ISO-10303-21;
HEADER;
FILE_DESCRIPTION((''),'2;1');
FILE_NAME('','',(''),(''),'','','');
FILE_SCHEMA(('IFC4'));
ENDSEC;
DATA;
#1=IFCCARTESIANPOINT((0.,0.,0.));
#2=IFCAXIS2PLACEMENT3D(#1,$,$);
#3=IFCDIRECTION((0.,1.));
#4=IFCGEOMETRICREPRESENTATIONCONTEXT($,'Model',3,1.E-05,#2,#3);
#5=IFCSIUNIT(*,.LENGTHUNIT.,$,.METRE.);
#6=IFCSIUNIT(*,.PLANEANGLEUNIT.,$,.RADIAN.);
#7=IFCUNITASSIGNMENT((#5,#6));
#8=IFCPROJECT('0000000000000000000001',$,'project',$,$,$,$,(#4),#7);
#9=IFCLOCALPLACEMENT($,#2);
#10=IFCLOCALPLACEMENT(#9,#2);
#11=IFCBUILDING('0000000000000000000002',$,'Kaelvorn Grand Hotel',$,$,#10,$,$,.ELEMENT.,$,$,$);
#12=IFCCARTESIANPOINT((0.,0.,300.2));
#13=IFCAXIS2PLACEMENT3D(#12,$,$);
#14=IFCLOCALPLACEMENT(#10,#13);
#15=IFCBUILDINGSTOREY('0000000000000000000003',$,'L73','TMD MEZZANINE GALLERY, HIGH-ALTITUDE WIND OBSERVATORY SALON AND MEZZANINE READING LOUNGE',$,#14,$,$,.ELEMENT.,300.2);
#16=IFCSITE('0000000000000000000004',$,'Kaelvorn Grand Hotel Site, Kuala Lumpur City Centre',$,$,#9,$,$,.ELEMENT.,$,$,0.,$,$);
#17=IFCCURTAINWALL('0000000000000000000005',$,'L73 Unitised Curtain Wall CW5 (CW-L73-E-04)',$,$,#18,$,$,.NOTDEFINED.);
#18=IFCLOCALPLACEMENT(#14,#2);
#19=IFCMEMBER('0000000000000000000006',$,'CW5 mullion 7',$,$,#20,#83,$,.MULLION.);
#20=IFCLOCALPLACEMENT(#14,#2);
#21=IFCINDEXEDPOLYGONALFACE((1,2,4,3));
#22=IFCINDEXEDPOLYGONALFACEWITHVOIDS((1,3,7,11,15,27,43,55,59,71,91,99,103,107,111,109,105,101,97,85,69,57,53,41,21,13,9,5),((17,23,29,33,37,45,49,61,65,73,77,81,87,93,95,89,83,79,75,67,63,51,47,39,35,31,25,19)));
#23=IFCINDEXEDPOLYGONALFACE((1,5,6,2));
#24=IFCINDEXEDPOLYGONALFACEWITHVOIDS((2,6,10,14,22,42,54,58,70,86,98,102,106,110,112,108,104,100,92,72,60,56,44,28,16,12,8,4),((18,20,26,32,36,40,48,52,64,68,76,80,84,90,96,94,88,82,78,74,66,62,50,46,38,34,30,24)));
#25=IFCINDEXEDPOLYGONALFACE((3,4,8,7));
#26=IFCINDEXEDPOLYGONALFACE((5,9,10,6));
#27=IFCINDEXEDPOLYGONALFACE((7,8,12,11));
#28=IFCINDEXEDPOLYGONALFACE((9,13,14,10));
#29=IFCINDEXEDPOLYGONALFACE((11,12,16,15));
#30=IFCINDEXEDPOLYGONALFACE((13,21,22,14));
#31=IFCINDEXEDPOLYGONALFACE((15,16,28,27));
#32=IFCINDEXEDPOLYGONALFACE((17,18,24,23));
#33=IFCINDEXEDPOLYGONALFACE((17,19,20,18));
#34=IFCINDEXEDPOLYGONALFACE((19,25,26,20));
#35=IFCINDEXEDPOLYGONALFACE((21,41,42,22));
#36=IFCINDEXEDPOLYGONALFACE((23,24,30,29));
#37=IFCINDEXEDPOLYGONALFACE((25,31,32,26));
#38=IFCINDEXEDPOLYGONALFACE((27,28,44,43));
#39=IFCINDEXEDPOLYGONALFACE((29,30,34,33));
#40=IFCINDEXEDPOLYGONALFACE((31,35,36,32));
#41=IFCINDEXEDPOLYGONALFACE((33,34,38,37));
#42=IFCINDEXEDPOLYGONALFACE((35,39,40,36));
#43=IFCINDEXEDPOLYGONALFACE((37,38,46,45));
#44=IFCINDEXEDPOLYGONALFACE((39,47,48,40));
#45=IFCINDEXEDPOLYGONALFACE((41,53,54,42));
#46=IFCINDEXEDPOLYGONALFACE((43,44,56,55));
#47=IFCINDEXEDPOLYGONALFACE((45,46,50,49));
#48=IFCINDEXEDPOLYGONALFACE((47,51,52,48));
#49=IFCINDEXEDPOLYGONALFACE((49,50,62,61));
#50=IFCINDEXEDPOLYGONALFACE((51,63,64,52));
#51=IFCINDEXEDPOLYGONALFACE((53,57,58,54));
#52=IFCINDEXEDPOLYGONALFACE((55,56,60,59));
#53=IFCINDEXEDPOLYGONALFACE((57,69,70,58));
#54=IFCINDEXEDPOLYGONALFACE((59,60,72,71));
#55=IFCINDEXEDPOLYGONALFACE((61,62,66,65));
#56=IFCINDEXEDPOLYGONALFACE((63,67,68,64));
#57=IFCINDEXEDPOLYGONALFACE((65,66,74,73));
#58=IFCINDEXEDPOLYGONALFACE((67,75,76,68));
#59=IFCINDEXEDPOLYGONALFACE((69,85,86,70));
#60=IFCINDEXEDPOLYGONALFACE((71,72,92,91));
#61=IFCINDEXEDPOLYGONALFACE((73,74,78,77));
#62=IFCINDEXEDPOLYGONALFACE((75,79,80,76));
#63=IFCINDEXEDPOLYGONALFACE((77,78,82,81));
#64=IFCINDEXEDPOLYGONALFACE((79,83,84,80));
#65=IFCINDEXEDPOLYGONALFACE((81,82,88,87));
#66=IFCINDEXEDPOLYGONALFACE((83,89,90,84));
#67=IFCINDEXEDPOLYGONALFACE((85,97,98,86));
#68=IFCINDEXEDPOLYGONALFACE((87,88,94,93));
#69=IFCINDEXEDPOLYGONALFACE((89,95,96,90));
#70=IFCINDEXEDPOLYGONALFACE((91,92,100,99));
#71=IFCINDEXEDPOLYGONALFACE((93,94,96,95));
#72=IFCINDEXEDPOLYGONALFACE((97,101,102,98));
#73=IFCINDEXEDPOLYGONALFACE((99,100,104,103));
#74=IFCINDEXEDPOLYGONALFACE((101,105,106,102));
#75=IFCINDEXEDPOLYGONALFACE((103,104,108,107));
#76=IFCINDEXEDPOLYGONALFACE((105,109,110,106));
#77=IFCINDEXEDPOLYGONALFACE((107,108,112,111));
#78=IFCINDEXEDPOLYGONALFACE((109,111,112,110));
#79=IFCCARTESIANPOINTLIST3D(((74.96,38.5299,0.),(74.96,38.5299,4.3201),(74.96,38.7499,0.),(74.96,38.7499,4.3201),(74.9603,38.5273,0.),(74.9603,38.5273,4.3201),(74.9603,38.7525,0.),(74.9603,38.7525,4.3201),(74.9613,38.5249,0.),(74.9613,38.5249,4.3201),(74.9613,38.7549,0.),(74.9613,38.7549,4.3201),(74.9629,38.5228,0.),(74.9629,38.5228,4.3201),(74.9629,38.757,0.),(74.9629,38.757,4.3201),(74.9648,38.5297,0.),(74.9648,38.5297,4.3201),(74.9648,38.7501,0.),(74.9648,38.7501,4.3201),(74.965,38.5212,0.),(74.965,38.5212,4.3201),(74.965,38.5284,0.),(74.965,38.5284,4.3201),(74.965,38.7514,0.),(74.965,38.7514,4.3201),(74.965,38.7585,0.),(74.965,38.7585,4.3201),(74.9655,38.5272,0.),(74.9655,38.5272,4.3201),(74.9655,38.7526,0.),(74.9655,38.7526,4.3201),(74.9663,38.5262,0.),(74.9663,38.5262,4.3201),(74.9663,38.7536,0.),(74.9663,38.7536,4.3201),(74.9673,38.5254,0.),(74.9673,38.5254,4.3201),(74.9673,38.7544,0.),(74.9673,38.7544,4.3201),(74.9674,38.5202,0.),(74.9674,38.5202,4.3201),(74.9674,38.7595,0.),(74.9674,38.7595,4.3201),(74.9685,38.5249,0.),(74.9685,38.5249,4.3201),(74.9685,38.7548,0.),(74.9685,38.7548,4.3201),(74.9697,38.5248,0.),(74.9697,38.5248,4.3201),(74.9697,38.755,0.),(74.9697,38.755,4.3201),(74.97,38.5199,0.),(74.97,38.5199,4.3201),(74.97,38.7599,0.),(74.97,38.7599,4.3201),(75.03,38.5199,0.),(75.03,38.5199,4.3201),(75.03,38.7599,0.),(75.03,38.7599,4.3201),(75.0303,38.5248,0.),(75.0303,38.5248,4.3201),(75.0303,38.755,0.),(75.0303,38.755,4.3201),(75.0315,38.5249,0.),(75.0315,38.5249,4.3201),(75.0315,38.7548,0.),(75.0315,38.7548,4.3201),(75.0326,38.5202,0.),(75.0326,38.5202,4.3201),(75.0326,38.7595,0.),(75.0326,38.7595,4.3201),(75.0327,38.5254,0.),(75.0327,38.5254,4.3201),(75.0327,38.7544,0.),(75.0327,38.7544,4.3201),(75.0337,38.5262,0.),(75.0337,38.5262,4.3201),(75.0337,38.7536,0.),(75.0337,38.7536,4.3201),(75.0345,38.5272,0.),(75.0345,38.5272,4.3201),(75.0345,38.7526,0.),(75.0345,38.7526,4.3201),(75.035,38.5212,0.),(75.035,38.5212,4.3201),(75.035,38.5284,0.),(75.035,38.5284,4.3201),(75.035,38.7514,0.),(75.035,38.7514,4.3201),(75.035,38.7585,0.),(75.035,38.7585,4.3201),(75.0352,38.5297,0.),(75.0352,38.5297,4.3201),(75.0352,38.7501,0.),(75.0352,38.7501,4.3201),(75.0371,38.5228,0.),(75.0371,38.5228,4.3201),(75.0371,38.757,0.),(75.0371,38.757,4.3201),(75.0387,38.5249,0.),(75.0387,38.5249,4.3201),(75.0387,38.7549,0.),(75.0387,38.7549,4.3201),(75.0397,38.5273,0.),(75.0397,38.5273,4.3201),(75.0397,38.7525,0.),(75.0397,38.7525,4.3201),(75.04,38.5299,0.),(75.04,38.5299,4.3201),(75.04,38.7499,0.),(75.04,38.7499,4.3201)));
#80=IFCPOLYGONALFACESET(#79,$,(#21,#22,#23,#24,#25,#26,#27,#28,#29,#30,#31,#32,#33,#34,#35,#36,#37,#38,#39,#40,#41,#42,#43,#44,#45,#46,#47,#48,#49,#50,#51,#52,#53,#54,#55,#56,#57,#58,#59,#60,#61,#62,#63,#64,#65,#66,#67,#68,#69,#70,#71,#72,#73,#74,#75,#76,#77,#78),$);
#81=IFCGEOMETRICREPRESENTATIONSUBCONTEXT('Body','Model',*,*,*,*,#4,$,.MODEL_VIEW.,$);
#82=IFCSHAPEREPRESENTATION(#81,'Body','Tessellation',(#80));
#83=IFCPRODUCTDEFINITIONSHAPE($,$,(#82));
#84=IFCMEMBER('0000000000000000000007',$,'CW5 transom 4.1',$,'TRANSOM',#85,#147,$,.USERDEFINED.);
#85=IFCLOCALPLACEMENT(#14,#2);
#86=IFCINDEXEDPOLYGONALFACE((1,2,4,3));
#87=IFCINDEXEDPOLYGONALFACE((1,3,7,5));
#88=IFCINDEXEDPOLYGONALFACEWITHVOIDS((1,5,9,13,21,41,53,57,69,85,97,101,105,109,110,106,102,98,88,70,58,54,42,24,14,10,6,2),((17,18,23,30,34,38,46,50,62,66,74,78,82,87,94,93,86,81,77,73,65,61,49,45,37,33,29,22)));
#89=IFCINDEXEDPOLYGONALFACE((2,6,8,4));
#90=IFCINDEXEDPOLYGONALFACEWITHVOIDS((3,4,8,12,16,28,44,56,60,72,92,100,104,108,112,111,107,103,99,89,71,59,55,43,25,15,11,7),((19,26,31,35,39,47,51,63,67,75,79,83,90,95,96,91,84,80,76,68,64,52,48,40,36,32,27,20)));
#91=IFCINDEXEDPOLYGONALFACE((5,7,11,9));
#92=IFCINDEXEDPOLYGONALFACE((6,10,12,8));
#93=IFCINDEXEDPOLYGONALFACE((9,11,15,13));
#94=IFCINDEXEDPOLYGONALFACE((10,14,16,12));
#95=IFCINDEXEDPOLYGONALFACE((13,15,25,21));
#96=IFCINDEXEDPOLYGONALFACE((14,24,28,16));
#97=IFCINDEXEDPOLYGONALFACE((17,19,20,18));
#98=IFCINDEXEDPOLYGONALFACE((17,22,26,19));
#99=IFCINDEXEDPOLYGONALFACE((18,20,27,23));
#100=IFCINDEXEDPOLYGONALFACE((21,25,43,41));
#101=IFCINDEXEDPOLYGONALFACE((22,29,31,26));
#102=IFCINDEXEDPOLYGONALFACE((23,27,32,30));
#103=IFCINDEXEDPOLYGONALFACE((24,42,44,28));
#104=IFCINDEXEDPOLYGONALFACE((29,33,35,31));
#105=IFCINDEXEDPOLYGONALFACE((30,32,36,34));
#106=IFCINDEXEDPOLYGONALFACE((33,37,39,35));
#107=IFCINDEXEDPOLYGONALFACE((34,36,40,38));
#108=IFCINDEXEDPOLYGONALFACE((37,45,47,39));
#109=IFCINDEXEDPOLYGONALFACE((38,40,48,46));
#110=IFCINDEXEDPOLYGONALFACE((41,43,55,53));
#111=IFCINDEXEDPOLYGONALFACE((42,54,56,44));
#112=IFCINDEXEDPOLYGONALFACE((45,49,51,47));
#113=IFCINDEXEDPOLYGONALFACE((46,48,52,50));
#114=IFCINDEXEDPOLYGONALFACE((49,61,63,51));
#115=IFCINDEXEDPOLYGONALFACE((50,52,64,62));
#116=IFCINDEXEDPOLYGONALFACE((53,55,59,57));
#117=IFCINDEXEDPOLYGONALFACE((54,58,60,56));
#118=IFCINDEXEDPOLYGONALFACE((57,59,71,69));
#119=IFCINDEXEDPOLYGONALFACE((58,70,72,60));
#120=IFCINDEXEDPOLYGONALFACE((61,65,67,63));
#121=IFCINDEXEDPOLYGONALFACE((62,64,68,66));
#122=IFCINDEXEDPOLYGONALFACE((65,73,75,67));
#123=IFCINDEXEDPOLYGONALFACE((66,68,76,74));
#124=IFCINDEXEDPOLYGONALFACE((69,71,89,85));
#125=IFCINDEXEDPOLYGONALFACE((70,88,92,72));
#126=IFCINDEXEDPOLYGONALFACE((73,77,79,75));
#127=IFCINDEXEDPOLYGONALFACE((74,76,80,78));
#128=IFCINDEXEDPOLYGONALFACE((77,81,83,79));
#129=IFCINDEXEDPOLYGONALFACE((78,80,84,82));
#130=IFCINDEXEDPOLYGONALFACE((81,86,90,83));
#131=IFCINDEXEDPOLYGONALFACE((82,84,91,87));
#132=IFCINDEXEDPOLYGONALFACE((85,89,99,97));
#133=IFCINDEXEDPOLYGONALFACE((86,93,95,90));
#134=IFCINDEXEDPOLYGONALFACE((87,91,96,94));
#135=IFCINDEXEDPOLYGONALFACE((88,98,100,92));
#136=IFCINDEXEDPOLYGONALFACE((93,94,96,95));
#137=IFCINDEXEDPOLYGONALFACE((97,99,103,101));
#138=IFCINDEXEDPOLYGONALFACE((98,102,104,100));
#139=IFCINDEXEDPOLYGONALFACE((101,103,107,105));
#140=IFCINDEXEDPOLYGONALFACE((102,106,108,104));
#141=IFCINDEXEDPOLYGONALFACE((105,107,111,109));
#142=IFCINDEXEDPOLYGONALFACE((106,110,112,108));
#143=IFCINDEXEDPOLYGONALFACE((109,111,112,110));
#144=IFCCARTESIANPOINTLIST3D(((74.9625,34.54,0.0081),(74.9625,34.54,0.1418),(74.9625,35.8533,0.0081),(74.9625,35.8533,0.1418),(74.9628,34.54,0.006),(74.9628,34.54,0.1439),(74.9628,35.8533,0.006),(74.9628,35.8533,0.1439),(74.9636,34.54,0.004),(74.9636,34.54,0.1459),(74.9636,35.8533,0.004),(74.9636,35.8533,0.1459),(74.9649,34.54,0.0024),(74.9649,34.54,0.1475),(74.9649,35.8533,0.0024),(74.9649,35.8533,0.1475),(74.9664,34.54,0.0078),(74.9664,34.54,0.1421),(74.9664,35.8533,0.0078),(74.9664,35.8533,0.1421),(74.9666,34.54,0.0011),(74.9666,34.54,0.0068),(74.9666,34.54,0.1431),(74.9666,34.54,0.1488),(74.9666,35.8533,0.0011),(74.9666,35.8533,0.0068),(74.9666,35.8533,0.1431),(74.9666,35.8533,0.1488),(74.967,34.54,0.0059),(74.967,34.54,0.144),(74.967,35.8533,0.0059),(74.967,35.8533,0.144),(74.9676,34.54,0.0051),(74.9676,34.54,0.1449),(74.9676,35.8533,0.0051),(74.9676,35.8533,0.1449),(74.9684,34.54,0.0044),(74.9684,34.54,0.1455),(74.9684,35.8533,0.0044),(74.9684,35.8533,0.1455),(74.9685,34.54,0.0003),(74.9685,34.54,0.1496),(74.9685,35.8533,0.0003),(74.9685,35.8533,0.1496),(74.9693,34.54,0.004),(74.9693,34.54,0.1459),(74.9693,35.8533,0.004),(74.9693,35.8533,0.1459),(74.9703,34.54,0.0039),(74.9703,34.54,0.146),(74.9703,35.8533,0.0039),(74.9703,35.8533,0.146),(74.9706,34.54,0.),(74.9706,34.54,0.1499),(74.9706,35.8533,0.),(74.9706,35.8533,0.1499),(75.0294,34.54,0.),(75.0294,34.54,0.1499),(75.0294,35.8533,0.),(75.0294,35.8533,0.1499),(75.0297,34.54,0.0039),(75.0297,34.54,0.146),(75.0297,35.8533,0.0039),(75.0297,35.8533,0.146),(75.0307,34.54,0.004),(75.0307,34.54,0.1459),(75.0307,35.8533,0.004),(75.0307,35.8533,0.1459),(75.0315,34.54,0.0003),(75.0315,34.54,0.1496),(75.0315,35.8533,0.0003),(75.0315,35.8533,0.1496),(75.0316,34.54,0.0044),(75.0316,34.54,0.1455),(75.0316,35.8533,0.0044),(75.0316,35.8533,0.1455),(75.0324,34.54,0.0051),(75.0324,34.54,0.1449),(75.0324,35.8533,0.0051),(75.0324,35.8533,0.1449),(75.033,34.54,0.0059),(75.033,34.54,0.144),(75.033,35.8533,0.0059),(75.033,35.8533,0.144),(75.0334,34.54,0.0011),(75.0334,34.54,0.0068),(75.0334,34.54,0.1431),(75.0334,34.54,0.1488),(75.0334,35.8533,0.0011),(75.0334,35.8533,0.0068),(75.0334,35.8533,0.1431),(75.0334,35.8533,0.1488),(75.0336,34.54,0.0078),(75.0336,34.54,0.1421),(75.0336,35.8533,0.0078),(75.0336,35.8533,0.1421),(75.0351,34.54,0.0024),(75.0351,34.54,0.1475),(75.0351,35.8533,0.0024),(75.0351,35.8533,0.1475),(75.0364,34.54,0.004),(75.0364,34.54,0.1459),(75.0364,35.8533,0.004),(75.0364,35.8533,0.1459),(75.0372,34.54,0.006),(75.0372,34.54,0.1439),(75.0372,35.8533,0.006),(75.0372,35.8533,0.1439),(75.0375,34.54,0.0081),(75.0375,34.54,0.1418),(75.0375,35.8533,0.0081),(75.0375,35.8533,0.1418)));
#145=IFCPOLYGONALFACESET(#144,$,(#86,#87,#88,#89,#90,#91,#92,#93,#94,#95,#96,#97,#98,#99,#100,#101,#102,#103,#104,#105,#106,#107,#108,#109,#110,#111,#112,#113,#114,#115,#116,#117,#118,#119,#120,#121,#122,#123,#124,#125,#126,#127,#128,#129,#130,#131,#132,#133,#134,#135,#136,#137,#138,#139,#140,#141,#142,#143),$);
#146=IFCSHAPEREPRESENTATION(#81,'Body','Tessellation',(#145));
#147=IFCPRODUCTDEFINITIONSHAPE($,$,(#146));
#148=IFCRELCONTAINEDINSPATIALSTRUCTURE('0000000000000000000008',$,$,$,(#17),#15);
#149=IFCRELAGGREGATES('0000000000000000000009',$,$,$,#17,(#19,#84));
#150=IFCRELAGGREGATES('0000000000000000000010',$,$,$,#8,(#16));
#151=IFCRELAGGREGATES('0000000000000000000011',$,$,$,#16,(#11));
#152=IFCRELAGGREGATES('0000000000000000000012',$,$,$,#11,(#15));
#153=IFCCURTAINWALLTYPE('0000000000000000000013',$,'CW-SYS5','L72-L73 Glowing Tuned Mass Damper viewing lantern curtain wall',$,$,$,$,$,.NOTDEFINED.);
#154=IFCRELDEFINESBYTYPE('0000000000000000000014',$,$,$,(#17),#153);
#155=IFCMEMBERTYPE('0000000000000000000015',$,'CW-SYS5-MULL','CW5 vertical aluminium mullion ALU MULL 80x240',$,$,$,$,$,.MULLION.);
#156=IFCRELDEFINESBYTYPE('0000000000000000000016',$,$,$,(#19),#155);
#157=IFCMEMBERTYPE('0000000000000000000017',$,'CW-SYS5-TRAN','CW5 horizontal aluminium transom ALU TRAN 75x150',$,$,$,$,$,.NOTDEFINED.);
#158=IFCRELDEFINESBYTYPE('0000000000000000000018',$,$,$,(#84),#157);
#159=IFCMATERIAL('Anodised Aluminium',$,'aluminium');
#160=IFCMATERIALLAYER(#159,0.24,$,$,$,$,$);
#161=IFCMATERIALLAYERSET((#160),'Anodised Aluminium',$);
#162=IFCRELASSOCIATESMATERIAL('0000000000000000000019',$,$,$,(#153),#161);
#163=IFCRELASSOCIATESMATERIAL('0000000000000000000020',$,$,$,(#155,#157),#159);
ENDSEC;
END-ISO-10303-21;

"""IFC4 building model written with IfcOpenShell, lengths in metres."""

from ifc_helpers import new_model, si_unit, direction, frame, origin, origin_2d, place, context, subcontext, project, spatial, hollow_rectangle, extrude, material, layer, layer_set, material_profile, profile_set, type_object, element, aggregate, save


model = new_model("IFC4")

# Units and contexts
model_context = context("Model", 3, precision=1e-05, world=origin(), true_north=direction((0.0, 1.0)))
body_context = subcontext(model_context, "Body", "Model", "MODEL_VIEW")
ifc_project = project(units=[si_unit("LENGTHUNIT", "METRE"), si_unit("PLANEANGLEUNIT", "RADIAN")], contexts=[model_context])

# Site, building, storey
site_placement = place(None, origin())
site = spatial("IfcSite", under=ifc_project, at=site_placement, Name="Kaelvorn Grand Hotel Site, Kuala Lumpur City Centre", CompositionType="ELEMENT", RefElevation=0.0)
building_placement = place(site_placement, origin())
building = spatial("IfcBuilding", under=site, at=building_placement, Name="Kaelvorn Grand Hotel", CompositionType="ELEMENT")
storey_placement = place(building_placement, frame((0.0, 0.0, 300.2)))
storey = spatial("IfcBuildingStorey", under=building, at=storey_placement, Name="L73", Description="TMD MEZZANINE GALLERY, HIGH-ALTITUDE WIND OBSERVATORY SALON AND MEZZANINE READING LOUNGE", CompositionType="ELEMENT", Elevation=300.2)

# Curtain wall, members
ifc_material_1 = material(Name="Anodised Aluminium", Category="aluminium")
ifc_layer_1 = layer(ifc_material_1, 0.24)
ifc_layer_set_1 = layer_set([ifc_layer_1], Name="Anodised Aluminium")
curtain_wall_type = type_object("IfcCurtainWallType", Name="CW-SYS5", Description="L72-L73 Glowing Tuned Mass Damper viewing lantern curtain wall", PredefinedType="NOTDEFINED", material=ifc_layer_set_1)
curtain_wall_placement = place(storey_placement, origin())
curtain_wall = element("IfcCurtainWall", 1, at=curtain_wall_placement, inside=storey, type_object=curtain_wall_type, Name="L73 Unitised Curtain Wall CW5 (CW-L73-E-04)", PredefinedType="NOTDEFINED")
ifc_material_profile_1 = material_profile(ifc_material_1, hollow_rectangle(XDim=0.0801, YDim=0.24, WallThickness=0.0049, InnerFilletRadius=0.0049, OuterFilletRadius=0.01, at=origin_2d()), Name="ALU MULL 80x240")
ifc_profile_set_1 = profile_set([ifc_material_profile_1], Name="Anodised Aluminium")
member_type_1 = type_object("IfcMemberType", Name="CW-SYS5-MULL", Description="CW5 vertical aluminium mullion ALU MULL 80x240", PredefinedType="MULLION", material=ifc_profile_set_1)
member_1_placement = place(storey_placement, frame((75.0, 38.6399, 0.0), z_axis=(0.0, 0.0, 1.0), x_axis=(-1.0, 0.0, 0.0)))
member_1 = element("IfcMember", 2, at=member_1_placement, type_object=member_type_1, Name="CW5 mullion 7", PredefinedType="MULLION", context=body_context, shape_type="SweptSolid", body=[
    extrude(hollow_rectangle(XDim=0.0801, YDim=0.24, WallThickness=0.0049, InnerFilletRadius=0.0049, OuterFilletRadius=0.01, at=origin_2d()), origin(), (0.0, 0.0, 1.0), 4.3201),
])
ifc_material_profile_2 = material_profile(ifc_material_1, hollow_rectangle(XDim=0.075, YDim=0.1499, WallThickness=0.0039, InnerFilletRadius=0.0039, OuterFilletRadius=0.0081, at=origin_2d()), Name="ALU TRAN 75x150")
ifc_profile_set_2 = profile_set([ifc_material_profile_2], Name="Anodised Aluminium")
member_type_2 = type_object("IfcMemberType", Name="CW-SYS5-TRAN", Description="CW5 horizontal aluminium transom ALU TRAN 75x150", PredefinedType="NOTDEFINED", material=ifc_profile_set_2)
member_2_placement = place(storey_placement, frame((75.0, 34.54, 0.075), z_axis=(0.0, 1.0, 0.0), x_axis=(-1.0, 0.0, 0.0)))
member_2 = element("IfcMember", 3, at=member_2_placement, type_object=member_type_2, Name="CW5 transom 4.1", ObjectType="TRANSOM", PredefinedType="USERDEFINED", context=body_context, shape_type="SweptSolid", body=[
    extrude(hollow_rectangle(XDim=0.075, YDim=0.1499, WallThickness=0.0039, InnerFilletRadius=0.0039, OuterFilletRadius=0.0081, at=origin_2d()), origin(), (0.0, 0.0, 1.0), 1.3132),
])
aggregate(curtain_wall, [member_1, member_2])

save(model, "model.ifc")
